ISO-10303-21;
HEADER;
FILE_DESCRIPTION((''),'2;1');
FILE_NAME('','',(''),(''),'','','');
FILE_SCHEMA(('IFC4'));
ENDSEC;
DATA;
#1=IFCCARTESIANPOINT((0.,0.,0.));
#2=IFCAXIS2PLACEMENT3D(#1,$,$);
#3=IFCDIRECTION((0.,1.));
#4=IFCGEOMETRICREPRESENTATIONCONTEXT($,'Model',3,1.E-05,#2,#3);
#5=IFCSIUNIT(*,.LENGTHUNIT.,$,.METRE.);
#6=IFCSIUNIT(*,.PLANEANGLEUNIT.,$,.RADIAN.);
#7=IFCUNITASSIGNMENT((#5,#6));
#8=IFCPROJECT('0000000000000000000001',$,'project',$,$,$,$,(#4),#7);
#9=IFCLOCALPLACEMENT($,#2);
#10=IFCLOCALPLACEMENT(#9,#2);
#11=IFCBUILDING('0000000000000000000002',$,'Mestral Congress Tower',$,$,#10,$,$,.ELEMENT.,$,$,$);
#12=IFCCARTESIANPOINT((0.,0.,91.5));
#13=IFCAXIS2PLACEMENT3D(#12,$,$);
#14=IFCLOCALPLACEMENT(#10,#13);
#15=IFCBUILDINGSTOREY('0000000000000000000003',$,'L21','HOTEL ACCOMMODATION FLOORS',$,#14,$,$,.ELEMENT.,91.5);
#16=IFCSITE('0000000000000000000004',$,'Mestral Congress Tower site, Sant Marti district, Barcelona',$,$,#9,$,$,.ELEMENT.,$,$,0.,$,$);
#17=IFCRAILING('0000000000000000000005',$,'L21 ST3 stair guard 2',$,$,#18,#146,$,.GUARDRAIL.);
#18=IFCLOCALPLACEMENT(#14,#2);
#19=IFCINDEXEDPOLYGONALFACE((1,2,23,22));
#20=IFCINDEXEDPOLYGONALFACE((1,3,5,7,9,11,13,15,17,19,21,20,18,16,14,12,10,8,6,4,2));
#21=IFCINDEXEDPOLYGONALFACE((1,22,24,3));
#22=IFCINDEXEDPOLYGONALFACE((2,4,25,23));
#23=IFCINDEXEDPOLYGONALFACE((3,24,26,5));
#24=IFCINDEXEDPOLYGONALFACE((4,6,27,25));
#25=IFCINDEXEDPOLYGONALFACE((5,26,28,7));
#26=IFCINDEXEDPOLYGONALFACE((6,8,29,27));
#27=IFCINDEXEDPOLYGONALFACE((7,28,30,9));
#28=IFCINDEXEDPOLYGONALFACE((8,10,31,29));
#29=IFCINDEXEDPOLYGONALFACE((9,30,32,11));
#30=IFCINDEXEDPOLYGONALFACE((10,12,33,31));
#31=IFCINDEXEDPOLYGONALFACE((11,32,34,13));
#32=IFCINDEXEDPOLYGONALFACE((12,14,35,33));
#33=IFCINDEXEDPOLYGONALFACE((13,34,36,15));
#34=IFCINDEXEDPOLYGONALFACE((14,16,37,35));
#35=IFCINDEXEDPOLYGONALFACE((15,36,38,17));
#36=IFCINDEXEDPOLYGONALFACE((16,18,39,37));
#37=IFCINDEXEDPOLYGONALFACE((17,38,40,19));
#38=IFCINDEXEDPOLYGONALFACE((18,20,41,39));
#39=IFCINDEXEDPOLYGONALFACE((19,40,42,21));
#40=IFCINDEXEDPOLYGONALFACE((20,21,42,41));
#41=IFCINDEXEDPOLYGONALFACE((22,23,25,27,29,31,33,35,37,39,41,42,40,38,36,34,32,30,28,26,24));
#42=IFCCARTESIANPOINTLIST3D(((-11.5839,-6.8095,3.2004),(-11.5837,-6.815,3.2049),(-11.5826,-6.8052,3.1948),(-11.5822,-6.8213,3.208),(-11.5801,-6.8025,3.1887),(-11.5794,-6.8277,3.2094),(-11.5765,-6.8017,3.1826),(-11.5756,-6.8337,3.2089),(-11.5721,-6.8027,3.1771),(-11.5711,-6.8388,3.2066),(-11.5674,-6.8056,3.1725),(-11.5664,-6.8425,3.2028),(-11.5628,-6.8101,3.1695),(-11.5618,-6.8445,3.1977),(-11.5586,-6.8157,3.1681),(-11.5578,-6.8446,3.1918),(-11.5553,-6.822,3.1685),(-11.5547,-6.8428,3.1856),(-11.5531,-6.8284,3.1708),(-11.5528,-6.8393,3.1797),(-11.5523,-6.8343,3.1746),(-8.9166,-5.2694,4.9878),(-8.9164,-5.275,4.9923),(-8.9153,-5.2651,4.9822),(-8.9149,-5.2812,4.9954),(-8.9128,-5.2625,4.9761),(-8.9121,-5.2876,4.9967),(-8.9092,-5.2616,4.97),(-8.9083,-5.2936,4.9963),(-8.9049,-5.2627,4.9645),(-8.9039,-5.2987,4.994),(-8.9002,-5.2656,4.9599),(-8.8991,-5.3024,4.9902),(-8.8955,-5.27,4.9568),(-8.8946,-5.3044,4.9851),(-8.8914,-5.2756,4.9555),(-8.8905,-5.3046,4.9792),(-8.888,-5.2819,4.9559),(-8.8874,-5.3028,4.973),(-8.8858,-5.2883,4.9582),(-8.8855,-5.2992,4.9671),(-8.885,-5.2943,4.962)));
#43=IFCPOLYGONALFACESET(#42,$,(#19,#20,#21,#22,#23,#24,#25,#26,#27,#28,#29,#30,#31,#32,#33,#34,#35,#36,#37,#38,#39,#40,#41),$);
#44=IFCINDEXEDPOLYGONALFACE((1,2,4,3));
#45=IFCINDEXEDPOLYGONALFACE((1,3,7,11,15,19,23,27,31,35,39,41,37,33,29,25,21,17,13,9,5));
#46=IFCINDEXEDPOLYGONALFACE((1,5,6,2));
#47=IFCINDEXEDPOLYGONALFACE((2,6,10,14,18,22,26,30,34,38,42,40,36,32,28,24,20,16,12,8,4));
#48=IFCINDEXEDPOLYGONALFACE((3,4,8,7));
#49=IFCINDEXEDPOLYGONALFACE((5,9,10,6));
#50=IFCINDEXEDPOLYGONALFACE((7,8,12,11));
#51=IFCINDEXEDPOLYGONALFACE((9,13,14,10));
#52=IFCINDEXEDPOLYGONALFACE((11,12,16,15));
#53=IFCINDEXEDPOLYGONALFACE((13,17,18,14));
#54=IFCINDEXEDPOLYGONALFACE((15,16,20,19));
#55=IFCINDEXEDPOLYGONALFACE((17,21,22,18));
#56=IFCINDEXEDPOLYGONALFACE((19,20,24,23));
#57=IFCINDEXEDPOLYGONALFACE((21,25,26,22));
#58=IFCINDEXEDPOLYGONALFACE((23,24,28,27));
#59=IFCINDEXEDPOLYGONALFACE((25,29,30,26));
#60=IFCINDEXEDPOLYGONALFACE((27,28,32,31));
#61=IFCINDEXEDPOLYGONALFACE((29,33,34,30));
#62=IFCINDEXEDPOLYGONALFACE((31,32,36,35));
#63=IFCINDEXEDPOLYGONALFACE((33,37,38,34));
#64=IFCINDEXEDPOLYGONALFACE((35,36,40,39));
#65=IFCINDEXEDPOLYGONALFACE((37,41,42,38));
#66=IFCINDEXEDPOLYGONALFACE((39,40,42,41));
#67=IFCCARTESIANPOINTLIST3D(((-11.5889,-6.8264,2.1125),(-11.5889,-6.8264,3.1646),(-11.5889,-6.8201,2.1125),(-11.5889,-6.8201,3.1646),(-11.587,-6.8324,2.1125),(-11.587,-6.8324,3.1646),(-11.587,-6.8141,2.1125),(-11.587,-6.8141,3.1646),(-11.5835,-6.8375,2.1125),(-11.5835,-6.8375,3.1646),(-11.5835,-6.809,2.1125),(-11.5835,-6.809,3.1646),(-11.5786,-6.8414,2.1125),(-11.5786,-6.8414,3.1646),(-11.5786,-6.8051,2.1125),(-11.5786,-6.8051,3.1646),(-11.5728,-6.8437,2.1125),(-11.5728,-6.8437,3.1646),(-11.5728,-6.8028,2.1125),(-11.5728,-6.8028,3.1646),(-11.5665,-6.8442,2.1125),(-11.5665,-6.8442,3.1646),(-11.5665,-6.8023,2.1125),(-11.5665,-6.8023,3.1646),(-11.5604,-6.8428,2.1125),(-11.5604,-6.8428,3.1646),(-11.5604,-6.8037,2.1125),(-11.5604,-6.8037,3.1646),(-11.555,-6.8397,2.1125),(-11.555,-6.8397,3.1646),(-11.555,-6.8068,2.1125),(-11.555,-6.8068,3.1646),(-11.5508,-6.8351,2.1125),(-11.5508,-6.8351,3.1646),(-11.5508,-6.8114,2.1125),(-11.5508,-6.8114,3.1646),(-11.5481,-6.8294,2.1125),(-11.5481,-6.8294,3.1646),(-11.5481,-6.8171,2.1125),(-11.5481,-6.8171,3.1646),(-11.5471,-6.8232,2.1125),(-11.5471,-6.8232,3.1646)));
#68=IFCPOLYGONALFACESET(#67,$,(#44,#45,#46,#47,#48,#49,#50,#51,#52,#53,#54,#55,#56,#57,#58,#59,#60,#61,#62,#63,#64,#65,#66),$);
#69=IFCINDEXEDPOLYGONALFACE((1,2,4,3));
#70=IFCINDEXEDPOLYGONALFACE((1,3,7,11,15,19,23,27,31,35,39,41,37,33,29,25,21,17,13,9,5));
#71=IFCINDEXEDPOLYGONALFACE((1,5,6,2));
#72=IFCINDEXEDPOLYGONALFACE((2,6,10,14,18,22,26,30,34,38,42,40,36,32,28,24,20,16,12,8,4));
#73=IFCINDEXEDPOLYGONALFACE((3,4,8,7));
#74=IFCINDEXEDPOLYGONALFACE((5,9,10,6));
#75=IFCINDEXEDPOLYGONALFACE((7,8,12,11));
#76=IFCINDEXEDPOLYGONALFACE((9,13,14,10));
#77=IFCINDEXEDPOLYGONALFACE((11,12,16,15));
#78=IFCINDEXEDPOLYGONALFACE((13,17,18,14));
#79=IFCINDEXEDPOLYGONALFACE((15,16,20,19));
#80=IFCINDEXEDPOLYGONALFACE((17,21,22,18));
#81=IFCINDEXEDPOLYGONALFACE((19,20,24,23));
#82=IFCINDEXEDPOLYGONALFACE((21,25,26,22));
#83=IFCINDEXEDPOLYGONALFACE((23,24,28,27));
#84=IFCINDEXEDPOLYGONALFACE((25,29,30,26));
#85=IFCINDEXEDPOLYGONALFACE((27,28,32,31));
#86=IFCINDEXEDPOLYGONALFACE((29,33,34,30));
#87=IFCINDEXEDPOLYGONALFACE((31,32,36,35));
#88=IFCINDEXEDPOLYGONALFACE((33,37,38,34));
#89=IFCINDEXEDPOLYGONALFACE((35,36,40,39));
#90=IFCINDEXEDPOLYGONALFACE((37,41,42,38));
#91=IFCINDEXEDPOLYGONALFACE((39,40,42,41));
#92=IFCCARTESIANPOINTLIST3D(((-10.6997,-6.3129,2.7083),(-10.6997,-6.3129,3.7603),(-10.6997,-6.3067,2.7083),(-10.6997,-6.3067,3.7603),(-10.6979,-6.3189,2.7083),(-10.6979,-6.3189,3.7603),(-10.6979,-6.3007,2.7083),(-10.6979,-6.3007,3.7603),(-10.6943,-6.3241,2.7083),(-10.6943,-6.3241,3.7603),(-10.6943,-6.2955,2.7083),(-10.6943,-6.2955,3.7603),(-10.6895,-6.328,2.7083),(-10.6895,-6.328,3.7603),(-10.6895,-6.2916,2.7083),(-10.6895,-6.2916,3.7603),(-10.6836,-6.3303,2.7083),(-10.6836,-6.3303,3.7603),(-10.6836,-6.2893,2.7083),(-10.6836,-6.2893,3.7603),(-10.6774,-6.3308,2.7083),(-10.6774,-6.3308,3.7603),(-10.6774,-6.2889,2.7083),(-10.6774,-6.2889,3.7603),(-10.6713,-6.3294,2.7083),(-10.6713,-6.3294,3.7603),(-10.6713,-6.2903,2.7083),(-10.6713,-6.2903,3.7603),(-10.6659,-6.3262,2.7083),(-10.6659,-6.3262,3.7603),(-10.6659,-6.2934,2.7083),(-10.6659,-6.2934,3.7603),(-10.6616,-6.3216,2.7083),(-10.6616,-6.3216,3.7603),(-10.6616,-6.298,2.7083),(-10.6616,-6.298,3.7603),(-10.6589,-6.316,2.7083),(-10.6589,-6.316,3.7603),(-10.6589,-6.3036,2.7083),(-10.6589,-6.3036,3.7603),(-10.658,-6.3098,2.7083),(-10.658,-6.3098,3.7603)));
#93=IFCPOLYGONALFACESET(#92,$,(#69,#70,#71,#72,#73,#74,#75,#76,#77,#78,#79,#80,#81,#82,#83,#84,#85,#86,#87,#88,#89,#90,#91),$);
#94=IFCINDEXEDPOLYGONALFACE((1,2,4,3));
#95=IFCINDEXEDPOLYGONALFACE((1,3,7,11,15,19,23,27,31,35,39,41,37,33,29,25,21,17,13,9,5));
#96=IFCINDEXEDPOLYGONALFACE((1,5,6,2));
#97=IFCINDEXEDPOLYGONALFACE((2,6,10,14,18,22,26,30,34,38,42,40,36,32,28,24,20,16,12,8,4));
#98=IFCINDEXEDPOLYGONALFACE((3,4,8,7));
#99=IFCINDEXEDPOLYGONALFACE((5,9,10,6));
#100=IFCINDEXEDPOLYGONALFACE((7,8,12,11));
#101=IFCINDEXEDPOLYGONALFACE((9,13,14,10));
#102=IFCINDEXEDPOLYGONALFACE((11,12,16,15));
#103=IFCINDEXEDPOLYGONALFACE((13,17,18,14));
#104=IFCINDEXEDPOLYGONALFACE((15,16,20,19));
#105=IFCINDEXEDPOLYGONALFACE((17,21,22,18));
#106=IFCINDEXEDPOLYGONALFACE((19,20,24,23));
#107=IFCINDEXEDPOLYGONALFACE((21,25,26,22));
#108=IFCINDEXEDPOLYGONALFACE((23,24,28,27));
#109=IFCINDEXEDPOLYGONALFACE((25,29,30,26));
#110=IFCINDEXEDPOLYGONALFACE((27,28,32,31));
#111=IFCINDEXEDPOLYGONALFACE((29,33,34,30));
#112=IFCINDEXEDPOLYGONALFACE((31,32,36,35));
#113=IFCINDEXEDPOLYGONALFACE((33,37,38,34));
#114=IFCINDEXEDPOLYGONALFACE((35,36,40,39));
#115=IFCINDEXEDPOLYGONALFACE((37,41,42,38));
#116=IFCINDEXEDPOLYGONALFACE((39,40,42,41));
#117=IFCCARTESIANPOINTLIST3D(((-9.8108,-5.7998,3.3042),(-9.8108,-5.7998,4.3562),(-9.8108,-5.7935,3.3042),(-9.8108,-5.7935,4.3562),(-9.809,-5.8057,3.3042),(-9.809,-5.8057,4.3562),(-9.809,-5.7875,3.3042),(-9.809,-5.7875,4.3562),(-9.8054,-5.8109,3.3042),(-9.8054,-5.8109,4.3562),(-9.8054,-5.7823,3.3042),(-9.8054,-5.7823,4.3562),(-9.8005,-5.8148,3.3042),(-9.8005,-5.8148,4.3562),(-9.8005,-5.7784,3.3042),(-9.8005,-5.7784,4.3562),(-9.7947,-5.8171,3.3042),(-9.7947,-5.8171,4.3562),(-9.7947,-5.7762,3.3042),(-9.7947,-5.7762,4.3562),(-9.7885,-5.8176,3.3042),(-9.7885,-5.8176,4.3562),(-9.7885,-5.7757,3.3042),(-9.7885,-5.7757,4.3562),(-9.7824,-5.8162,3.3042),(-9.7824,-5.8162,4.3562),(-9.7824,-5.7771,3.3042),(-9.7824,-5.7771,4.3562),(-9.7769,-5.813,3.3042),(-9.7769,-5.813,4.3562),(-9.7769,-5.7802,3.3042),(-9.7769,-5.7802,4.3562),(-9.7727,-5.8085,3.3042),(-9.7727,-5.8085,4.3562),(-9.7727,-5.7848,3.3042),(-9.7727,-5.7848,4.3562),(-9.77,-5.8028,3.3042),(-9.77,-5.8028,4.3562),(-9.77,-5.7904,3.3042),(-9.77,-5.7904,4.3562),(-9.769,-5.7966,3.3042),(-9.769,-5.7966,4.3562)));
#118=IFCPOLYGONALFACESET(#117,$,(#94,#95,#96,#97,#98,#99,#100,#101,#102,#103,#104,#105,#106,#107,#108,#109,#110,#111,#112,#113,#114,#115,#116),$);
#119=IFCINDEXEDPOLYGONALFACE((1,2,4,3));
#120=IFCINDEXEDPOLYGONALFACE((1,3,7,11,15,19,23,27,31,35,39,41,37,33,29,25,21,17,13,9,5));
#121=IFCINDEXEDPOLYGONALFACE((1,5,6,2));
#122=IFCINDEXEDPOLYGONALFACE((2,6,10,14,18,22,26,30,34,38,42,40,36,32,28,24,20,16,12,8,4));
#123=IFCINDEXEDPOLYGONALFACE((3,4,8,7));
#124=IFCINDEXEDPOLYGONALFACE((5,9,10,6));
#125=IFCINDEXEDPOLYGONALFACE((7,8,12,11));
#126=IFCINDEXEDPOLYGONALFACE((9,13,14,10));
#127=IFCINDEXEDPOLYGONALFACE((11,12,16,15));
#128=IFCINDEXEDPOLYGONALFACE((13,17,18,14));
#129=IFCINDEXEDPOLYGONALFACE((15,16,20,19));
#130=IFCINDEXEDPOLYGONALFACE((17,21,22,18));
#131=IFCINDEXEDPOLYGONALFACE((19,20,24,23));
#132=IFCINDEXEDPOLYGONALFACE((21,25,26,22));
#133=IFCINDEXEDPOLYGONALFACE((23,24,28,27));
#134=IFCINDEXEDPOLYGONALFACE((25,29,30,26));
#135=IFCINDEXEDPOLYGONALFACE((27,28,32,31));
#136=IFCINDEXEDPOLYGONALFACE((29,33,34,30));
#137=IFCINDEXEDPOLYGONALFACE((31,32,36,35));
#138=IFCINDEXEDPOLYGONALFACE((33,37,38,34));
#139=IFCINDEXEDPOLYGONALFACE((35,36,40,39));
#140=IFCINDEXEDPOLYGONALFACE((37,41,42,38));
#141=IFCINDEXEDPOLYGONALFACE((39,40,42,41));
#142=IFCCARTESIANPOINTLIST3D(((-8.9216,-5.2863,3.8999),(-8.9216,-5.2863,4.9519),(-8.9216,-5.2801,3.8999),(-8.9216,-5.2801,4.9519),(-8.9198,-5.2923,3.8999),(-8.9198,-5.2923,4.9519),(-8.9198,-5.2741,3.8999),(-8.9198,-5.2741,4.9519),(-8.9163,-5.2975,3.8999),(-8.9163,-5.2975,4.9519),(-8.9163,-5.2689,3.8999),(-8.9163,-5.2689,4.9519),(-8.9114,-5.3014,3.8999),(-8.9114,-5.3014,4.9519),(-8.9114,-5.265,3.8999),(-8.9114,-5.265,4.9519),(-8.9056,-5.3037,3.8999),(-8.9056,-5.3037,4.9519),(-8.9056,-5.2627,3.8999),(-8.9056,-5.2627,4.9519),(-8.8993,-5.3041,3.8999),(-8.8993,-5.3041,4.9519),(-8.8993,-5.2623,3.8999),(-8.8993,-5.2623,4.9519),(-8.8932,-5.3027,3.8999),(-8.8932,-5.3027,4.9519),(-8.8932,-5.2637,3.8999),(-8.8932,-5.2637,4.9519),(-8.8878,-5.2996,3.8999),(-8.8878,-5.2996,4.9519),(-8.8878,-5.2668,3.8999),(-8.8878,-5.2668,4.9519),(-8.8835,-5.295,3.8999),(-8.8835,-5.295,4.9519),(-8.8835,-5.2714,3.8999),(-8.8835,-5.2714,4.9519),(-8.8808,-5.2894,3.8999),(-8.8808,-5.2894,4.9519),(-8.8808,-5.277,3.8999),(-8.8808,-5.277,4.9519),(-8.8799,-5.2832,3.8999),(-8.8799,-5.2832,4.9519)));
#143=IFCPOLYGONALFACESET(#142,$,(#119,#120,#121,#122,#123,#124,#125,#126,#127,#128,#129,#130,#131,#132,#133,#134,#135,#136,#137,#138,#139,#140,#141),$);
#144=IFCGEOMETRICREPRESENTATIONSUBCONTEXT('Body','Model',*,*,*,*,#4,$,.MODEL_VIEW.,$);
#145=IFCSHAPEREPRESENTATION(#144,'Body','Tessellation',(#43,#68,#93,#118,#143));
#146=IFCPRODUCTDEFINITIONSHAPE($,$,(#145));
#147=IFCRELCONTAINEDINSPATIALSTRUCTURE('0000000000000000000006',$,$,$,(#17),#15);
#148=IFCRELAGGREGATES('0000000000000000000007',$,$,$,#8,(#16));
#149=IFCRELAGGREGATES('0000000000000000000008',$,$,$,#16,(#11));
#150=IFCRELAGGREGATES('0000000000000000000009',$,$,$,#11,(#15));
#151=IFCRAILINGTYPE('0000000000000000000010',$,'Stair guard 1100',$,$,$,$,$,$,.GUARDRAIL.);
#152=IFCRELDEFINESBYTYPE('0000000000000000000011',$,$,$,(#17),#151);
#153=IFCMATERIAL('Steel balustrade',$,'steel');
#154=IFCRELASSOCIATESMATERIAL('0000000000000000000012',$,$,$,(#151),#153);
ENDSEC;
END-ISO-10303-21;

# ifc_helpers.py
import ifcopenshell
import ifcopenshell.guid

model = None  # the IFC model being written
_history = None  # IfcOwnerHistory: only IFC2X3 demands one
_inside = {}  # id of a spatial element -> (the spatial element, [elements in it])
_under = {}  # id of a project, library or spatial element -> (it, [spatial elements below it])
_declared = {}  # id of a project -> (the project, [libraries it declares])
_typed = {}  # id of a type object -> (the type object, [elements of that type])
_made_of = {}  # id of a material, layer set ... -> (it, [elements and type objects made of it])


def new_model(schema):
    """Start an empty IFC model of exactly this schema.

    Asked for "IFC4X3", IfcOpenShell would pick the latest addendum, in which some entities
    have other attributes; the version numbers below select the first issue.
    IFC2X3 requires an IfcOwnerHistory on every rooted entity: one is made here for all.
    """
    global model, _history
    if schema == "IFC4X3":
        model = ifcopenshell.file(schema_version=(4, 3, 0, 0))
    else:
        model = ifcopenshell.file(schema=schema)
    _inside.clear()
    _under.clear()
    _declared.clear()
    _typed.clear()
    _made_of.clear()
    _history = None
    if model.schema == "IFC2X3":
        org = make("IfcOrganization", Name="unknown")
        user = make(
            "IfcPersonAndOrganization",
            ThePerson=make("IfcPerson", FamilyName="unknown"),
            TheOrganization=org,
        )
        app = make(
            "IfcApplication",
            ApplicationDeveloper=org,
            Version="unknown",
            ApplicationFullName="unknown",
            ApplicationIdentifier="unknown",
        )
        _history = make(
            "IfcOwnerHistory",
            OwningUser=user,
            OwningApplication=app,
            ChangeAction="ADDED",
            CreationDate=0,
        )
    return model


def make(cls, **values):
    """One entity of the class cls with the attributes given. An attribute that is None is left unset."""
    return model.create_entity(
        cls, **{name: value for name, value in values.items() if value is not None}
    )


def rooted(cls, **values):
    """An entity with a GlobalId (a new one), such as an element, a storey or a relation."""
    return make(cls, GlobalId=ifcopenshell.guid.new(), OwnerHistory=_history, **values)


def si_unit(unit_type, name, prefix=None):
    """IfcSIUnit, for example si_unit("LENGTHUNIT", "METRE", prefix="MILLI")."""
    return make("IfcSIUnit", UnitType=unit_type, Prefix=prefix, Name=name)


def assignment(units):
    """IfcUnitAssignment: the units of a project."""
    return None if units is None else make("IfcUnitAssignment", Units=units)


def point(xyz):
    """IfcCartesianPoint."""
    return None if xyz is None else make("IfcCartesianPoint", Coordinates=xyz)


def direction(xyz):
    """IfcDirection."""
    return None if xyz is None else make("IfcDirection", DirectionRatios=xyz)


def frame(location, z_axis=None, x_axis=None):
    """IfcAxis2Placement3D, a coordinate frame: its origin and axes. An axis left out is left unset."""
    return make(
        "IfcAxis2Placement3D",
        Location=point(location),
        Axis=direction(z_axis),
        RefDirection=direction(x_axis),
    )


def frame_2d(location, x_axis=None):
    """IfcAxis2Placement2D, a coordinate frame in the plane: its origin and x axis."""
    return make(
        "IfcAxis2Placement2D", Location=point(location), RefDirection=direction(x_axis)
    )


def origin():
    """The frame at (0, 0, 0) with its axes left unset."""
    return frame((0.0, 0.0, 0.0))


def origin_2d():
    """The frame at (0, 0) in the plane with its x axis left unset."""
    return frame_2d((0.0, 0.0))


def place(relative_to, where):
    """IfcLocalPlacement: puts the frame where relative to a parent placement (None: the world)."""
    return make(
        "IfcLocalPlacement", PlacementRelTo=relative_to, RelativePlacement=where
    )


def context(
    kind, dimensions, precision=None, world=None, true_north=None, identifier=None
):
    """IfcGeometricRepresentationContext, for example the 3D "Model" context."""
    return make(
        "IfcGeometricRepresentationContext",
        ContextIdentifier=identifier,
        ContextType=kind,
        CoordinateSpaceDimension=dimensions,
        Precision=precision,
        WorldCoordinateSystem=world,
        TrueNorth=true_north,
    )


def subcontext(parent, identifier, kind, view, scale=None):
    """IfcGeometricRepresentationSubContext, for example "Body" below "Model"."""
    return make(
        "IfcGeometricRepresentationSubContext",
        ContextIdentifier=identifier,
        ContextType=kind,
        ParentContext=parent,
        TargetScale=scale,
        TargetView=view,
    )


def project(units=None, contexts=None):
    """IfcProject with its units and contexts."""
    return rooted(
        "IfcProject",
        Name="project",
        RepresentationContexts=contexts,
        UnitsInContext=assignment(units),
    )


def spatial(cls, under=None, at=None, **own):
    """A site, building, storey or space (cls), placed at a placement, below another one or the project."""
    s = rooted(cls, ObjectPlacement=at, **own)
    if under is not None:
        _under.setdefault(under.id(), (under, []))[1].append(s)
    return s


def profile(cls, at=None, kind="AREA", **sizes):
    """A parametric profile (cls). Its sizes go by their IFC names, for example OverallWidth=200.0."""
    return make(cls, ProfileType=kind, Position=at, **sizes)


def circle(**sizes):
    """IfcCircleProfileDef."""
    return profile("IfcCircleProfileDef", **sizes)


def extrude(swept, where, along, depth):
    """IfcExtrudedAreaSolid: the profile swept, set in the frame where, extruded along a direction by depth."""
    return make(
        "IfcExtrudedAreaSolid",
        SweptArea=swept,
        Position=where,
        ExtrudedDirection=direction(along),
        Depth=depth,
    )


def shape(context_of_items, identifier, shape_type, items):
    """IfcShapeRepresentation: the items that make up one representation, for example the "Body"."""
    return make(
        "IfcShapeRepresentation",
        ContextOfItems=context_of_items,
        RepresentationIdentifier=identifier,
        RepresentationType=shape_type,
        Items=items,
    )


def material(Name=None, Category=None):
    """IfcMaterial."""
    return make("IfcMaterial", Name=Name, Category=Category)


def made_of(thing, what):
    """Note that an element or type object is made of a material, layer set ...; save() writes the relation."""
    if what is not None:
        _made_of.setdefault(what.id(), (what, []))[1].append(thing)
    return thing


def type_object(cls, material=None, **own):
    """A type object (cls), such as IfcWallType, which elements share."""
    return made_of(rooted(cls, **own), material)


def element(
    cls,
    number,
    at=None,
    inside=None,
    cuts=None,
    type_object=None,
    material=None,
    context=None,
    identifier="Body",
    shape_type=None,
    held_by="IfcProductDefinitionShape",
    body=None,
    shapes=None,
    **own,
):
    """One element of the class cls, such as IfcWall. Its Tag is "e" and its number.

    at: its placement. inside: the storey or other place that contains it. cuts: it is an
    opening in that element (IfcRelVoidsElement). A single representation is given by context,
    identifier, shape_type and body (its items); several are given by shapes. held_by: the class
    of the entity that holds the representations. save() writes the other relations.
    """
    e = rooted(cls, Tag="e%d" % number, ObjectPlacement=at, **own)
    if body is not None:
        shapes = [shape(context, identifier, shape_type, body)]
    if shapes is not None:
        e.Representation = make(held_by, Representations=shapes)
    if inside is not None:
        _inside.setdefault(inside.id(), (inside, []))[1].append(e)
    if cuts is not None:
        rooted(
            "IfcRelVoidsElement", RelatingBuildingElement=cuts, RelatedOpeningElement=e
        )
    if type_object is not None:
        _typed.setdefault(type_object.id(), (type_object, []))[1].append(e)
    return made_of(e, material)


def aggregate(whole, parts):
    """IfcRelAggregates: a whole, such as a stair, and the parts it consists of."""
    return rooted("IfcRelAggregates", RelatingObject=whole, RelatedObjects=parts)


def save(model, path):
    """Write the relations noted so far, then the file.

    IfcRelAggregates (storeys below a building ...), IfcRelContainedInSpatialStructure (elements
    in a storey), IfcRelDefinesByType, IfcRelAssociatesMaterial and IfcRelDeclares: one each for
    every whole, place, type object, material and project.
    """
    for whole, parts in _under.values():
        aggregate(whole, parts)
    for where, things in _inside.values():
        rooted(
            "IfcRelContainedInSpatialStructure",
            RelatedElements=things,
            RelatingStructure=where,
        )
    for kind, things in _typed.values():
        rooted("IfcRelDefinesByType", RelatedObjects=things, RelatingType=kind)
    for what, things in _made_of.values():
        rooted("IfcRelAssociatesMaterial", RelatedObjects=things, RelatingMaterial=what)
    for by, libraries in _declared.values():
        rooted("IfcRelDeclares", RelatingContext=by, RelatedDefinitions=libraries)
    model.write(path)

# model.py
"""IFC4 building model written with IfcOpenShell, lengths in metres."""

from ifc_helpers import new_model, si_unit, direction, frame, origin, origin_2d, place, context, subcontext, project, spatial, circle, extrude, material, type_object, element, save


model = new_model("IFC4")

# Units and contexts
model_context = context("Model", 3, precision=1e-05, world=origin(), true_north=direction((0.0, 1.0)))
body_context = subcontext(model_context, "Body", "Model", "MODEL_VIEW")
ifc_project = project(units=[si_unit("LENGTHUNIT", "METRE"), si_unit("PLANEANGLEUNIT", "RADIAN")], contexts=[model_context])

# Site, building, storey
site_placement = place(None, origin())
site = spatial("IfcSite", under=ifc_project, at=site_placement, Name="Mestral Congress Tower site, Sant Marti district, Barcelona", CompositionType="ELEMENT", RefElevation=0.0)
building_placement = place(site_placement, origin())
building = spatial("IfcBuilding", under=site, at=building_placement, Name="Mestral Congress Tower", CompositionType="ELEMENT")
storey_placement = place(building_placement, frame((0.0, 0.0, 91.5)))
storey = spatial("IfcBuildingStorey", under=building, at=storey_placement, Name="L21", Description="HOTEL ACCOMMODATION FLOORS", CompositionType="ELEMENT", Elevation=91.5)

# Railing
ifc_material_1 = material(Name="Steel balustrade", Category="steel")
railing_type_1 = type_object("IfcRailingType", Name="Stair guard 1100", PredefinedType="GUARDRAIL", material=ifc_material_1)
railing_1_placement = place(storey_placement, frame((-11.5681, -6.8232, 2.1125)))
element("IfcRailing", 1, at=railing_1_placement, inside=storey, type_object=railing_type_1, Name="L21 ST3 stair guard 2", PredefinedType="GUARDRAIL", context=body_context, shape_type="SweptSolid", body=[
    extrude(circle(Radius=0.0239, at=origin_2d()), frame((0.0, 0.0, 1.0762), z_axis=(0.74902, 0.432477, 0.501929), x_axis=(-0.500027, 0.86601, 0.0)), (0.0, 0.0, 1.0), 3.561),
    extrude(circle(Radius=0.021, at=origin_2d()), origin(), (0.0, 0.0, 1.0), 1.052),
    extrude(circle(Radius=0.021, at=origin_2d()), frame((0.8892, 0.5134, 0.5957)), (0.0, 0.0, 1.0), 1.052),
    extrude(circle(Radius=0.021, at=origin_2d()), frame((1.7781, 1.0266, 1.1917)), (0.0, 0.0, 1.0), 1.052),
    extrude(circle(Radius=0.021, at=origin_2d()), frame((2.6672, 1.54, 1.7874)), (0.0, 0.0, 1.0), 1.052),
])

save(model, "model.ifc")
